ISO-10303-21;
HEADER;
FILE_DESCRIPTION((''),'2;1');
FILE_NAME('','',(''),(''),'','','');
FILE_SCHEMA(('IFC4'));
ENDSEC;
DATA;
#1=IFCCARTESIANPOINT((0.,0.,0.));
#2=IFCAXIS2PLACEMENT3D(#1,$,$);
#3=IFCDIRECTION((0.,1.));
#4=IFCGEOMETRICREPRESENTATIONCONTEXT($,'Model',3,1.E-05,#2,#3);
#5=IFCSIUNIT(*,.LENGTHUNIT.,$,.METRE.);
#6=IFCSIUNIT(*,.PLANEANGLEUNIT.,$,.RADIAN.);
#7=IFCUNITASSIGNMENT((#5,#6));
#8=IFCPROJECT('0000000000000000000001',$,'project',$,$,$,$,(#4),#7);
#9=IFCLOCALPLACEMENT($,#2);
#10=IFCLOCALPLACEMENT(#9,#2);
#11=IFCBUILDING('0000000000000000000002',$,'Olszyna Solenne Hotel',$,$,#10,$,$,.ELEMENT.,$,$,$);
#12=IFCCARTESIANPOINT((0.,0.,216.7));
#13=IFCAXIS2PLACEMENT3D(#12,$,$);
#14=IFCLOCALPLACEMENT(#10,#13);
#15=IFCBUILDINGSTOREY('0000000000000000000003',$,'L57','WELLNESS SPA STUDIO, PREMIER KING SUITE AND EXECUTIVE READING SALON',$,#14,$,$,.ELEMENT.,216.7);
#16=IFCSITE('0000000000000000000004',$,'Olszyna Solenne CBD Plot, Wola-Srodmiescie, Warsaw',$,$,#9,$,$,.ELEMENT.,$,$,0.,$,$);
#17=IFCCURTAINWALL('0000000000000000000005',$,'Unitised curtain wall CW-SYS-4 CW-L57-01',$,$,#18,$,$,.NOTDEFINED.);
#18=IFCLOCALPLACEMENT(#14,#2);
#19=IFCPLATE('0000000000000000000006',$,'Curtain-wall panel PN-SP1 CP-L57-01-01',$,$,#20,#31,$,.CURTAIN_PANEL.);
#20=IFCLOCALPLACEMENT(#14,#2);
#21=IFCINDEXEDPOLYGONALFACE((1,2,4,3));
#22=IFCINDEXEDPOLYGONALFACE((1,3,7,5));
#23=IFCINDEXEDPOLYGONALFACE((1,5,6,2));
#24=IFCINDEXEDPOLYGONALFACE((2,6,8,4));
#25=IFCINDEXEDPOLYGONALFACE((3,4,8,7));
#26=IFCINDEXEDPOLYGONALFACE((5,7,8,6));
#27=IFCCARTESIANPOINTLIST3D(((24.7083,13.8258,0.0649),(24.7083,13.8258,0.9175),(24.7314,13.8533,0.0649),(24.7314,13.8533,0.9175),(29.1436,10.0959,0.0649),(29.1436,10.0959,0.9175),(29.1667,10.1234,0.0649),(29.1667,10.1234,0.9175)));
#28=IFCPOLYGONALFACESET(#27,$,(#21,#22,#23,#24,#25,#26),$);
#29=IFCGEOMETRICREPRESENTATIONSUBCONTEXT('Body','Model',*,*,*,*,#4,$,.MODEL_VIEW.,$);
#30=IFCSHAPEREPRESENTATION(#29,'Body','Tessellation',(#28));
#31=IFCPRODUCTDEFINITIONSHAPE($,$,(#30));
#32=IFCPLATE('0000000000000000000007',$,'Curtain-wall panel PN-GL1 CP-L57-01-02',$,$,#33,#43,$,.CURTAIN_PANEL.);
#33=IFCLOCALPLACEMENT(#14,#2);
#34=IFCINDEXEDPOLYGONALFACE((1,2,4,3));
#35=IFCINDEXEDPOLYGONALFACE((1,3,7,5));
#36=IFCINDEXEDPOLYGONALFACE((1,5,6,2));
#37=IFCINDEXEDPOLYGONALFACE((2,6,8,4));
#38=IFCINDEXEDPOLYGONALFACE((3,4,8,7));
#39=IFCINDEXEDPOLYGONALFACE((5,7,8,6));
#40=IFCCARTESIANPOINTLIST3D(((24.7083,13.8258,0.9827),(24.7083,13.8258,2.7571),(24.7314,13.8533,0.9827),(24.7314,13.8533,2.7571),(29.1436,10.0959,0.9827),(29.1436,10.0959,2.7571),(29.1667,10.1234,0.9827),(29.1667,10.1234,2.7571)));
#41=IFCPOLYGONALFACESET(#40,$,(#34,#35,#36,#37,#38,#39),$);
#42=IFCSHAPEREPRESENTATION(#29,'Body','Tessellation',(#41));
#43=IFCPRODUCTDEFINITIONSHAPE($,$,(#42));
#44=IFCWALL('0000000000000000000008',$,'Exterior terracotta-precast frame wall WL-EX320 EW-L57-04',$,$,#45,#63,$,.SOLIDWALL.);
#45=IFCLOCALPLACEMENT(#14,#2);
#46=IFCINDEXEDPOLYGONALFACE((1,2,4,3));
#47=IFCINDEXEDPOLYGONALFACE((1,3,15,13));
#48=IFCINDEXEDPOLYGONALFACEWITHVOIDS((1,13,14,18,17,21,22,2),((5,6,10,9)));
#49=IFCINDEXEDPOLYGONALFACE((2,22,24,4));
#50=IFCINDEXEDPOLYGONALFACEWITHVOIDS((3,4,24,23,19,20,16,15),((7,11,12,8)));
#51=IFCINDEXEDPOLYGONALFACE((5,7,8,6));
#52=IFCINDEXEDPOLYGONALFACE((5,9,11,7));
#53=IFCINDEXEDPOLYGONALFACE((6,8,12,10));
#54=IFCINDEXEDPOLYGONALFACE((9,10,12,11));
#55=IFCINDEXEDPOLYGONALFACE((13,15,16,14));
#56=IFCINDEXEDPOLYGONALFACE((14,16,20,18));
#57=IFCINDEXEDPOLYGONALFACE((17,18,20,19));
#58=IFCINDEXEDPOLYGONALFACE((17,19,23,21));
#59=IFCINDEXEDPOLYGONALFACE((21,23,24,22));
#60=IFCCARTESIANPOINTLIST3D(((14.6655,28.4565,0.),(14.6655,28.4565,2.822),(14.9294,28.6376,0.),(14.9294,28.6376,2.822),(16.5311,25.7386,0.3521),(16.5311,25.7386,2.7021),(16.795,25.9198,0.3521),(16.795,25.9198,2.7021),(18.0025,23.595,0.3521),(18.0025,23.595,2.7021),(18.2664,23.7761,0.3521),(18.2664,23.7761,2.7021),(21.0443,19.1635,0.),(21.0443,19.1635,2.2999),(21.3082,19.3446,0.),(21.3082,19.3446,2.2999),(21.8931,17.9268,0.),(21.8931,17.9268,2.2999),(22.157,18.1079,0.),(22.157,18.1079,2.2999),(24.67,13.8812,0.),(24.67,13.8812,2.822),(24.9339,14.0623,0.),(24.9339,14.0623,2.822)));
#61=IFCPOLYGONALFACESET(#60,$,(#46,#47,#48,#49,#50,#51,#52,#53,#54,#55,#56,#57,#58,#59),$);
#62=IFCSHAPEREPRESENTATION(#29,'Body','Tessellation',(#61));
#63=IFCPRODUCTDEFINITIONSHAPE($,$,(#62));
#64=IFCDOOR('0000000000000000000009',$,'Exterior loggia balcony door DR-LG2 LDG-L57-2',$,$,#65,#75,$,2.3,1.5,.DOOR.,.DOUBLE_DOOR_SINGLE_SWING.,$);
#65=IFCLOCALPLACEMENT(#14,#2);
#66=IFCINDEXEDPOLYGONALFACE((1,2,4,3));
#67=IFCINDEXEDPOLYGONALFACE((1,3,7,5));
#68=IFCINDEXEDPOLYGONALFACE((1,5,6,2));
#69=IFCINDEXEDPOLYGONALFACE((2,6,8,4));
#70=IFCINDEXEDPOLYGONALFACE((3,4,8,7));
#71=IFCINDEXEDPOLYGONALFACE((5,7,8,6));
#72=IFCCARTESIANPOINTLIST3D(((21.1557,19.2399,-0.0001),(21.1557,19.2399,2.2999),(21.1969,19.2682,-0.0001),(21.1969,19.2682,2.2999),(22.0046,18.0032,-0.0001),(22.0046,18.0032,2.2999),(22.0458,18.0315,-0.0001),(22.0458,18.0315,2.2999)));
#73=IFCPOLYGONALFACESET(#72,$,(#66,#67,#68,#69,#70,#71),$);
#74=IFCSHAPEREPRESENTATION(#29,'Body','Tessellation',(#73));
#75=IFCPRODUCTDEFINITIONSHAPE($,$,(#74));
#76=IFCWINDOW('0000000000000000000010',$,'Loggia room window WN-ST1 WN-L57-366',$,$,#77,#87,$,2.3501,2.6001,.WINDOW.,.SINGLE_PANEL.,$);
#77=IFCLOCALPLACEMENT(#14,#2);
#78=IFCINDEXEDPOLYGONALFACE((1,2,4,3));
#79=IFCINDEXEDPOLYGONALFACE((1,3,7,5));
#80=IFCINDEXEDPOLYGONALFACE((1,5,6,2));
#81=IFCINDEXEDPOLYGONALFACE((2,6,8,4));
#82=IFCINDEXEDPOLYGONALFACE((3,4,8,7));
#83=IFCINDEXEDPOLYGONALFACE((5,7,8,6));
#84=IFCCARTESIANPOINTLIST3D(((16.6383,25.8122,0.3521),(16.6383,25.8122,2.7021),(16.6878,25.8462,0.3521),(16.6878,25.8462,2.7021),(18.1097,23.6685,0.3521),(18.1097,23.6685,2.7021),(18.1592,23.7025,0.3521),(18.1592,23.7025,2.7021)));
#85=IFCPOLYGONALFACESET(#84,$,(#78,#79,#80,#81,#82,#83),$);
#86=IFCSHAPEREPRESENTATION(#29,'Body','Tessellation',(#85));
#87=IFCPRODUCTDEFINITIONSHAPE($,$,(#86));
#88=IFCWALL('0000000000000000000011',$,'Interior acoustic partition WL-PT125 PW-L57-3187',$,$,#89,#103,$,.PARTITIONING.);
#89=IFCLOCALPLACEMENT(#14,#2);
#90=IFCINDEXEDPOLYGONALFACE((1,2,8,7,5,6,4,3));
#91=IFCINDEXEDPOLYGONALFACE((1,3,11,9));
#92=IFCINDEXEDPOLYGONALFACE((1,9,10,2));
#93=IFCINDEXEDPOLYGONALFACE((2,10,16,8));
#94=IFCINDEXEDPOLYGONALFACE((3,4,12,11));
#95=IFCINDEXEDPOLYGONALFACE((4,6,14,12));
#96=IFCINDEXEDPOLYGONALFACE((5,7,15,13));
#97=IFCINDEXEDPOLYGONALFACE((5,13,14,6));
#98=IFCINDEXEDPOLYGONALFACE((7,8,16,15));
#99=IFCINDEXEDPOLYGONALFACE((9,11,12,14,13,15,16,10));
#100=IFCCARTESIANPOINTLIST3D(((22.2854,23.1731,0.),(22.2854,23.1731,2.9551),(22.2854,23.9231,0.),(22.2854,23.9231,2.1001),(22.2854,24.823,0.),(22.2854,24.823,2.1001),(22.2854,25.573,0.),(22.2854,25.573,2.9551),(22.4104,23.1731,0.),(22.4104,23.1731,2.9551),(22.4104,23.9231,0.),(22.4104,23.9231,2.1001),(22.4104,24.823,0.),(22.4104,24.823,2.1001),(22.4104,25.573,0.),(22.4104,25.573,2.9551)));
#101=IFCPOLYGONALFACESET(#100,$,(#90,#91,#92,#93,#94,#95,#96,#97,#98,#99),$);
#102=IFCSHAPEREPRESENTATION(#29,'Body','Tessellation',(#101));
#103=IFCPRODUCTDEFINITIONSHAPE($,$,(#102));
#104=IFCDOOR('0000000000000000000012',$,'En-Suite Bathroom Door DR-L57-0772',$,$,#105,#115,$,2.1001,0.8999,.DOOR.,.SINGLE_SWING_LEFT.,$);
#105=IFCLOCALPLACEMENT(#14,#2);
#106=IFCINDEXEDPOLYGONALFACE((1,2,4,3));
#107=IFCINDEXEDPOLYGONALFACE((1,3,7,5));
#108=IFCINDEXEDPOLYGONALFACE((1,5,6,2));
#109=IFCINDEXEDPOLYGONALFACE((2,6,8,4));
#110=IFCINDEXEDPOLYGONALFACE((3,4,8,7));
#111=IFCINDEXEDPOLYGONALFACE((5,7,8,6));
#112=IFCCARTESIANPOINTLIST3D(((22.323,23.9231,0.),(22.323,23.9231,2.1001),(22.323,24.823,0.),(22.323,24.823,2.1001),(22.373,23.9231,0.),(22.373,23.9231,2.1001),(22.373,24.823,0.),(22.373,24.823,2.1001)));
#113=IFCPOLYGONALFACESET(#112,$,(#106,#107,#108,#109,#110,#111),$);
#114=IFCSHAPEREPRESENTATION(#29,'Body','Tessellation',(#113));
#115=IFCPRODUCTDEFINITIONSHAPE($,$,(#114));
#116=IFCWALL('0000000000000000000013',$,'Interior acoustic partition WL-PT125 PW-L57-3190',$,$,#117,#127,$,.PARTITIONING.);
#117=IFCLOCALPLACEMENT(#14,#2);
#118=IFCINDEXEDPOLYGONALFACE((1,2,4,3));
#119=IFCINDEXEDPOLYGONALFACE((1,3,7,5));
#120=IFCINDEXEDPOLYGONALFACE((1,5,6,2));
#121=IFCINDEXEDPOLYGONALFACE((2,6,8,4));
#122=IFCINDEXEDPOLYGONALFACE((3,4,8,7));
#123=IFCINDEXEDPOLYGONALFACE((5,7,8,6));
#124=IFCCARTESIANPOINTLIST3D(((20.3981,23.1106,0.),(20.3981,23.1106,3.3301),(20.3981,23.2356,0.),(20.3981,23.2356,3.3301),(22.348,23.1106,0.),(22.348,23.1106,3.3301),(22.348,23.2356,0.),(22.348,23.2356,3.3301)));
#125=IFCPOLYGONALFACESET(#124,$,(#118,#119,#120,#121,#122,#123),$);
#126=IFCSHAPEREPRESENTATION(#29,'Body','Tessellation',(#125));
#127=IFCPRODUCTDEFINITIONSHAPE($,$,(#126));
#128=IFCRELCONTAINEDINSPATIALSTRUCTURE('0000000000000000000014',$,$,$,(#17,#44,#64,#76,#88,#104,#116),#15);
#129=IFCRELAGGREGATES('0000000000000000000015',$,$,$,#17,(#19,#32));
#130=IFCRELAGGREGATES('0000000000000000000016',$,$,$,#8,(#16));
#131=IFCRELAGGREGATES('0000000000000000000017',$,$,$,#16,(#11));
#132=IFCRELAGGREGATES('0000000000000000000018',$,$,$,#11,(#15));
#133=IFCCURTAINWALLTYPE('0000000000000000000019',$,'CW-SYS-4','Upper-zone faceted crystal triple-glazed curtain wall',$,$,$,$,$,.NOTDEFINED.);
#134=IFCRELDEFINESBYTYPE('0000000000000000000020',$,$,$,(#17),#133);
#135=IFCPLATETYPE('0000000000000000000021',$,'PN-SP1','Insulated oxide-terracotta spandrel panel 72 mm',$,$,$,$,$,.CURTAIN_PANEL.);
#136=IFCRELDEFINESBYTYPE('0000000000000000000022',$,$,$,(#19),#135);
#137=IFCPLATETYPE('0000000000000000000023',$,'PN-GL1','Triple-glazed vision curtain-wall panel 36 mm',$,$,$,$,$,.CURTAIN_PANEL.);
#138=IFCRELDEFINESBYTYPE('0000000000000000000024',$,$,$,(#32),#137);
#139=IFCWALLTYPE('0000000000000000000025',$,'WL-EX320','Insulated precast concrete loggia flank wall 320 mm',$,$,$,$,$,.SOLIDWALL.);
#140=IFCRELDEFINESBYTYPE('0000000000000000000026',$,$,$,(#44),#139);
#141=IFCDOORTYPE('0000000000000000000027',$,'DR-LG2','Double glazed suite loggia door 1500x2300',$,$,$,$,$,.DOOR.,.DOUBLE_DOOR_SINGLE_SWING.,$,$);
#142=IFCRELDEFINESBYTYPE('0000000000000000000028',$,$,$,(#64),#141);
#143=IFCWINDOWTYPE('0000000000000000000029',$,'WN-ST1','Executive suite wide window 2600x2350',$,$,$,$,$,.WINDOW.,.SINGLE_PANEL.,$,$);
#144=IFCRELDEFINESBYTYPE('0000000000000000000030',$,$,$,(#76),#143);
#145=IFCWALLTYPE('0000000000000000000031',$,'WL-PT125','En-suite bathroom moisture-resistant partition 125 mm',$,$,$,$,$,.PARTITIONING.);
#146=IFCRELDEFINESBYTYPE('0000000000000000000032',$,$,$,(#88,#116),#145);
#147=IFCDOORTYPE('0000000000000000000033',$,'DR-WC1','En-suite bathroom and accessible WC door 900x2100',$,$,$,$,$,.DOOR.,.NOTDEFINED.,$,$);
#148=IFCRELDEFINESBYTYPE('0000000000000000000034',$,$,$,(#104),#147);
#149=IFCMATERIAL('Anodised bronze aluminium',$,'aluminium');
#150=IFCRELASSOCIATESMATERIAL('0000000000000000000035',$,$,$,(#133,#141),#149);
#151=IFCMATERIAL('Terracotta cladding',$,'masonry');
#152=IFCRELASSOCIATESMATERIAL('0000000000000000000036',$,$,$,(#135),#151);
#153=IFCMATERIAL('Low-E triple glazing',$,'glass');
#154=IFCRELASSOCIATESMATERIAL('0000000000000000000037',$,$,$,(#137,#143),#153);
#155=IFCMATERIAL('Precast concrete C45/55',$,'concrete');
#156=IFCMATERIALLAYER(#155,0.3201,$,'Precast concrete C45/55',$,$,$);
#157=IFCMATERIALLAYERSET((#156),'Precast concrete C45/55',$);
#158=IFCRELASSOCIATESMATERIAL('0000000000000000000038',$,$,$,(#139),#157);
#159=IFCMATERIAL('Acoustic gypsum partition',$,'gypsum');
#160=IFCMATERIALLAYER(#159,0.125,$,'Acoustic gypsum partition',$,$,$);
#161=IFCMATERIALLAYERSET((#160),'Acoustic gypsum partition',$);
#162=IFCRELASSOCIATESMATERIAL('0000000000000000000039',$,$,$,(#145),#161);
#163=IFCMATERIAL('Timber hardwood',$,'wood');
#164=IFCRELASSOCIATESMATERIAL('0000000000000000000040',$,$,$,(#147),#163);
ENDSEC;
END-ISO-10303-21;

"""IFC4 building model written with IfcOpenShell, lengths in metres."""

from ifc_helpers import new_model, si_unit, direction, frame, frame_2d, origin, origin_2d, place, context, subcontext, project, spatial, rectangle, extrude, source, transform, mapped, material, layer, layer_set, type_object, type_shapes, element, fill, aggregate, save


model = new_model("IFC4")

# Units and contexts
model_context = context("Model", 3, precision=1e-05, world=origin(), true_north=direction((0.0, 1.0)))
body_context = subcontext(model_context, "Body", "Model", "MODEL_VIEW")
ifc_project = project(units=[si_unit("LENGTHUNIT", "METRE"), si_unit("PLANEANGLEUNIT", "RADIAN")], contexts=[model_context])

# Site, building, storey
site_placement = place(None, origin())
site = spatial("IfcSite", under=ifc_project, at=site_placement, Name="Olszyna Solenne CBD Plot, Wola-Srodmiescie, Warsaw", CompositionType="ELEMENT", RefElevation=0.0)
building_placement = place(site_placement, origin())
building = spatial("IfcBuilding", under=site, at=building_placement, Name="Olszyna Solenne Hotel", CompositionType="ELEMENT")
storey_placement = place(building_placement, frame((0.0, 0.0, 216.7)))
storey = spatial("IfcBuildingStorey", under=building, at=storey_placement, Name="L57", Description="WELLNESS SPA STUDIO, PREMIER KING SUITE AND EXECUTIVE READING SALON", CompositionType="ELEMENT", Elevation=216.7)

# Curtain wall
ifc_material_1 = material(Name="Anodised bronze aluminium", Category="aluminium")
curtain_wall_type = type_object("IfcCurtainWallType", Name="CW-SYS-4", Description="Upper-zone faceted crystal triple-glazed curtain wall", PredefinedType="NOTDEFINED", material=ifc_material_1)
curtain_wall_placement = place(storey_placement, origin())
curtain_wall = element("IfcCurtainWall", 1, at=curtain_wall_placement, inside=storey, type_object=curtain_wall_type, Name="Unitised curtain wall CW-SYS-4 CW-L57-01", PredefinedType="NOTDEFINED")

# Shared definitions
ifc_material_2 = material(Name="Precast concrete C45/55", Category="concrete")

# Plates
ifc_material_3 = material(Name="Terracotta cladding", Category="masonry")
plate_type_1 = type_object("IfcPlateType", Name="PN-SP1", Description="Insulated oxide-terracotta spandrel panel 72 mm", PredefinedType="CURTAIN_PANEL", material=ifc_material_3)
shared_shape_1 = source(origin(), body_context, "Body", "SweptSolid", [
    extrude(rectangle(XDim=5.7952, YDim=0.0359, at=origin_2d()), origin(), (0.0, 0.0, 1.0), 0.8525),
])
plate_1_placement = place(storey_placement, frame((26.9375, 11.9746, 0.0649), z_axis=(0.0, 0.0, 1.0), x_axis=(0.765343, -0.643622, 0.0)))
plate_1 = element("IfcPlate", 2, at=plate_1_placement, type_object=plate_type_1, Name="Curtain-wall panel PN-SP1 CP-L57-01-01", PredefinedType="CURTAIN_PANEL", context=body_context, shape_type="MappedRepresentation", body=[
    mapped(shared_shape_1, transform((0.0, 0.0, 0.0), x_axis=(1.0, 0.0, 0.0), y_axis=(0.0, 1.0, 0.0), z_axis=(0.0, 0.0, 1.0), scale=1.0)),
])
ifc_material_4 = material(Name="Low-E triple glazing", Category="glass")
plate_type_2 = type_object("IfcPlateType", Name="PN-GL1", Description="Triple-glazed vision curtain-wall panel 36 mm", PredefinedType="CURTAIN_PANEL", material=ifc_material_4)
shared_shape_2 = source(origin(), body_context, "Body", "SweptSolid", [
    extrude(rectangle(XDim=5.7952, YDim=0.0359, at=origin_2d()), origin(), (0.0, 0.0, 1.0), 1.7744),
])
plate_2_placement = place(storey_placement, frame((26.9375, 11.9746, 0.9827), z_axis=(0.0, 0.0, 1.0), x_axis=(0.765343, -0.643622, 0.0)))
plate_2 = element("IfcPlate", 3, at=plate_2_placement, type_object=plate_type_2, Name="Curtain-wall panel PN-GL1 CP-L57-01-02", PredefinedType="CURTAIN_PANEL", context=body_context, shape_type="MappedRepresentation", body=[
    mapped(shared_shape_2, transform((0.0, 0.0, 0.0), x_axis=(1.0, 0.0, 0.0), y_axis=(0.0, 1.0, 0.0), z_axis=(0.0, 0.0, 1.0), scale=1.0)),
])
aggregate(curtain_wall, [plate_1, plate_2])

# Wall, openings, door, window
ifc_layer_1 = layer(ifc_material_2, 0.3201, Name="Precast concrete C45/55")
ifc_layer_set_1 = layer_set([ifc_layer_1], Name="Precast concrete C45/55")
wall_type_1 = type_object("IfcWallType", Name="WL-EX320", Description="Insulated precast concrete loggia flank wall 320 mm", PredefinedType="SOLIDWALL", material=ifc_layer_set_1)
wall_1_placement = place(storey_placement, frame((24.802, 13.9717, 0.0), z_axis=(0.0, 0.0, 1.0), x_axis=(-0.565912, 0.824466, 0.0)))
wall_1 = element("IfcWall", 4, at=wall_1_placement, inside=storey, type_object=wall_type_1, Name="Exterior terracotta-precast frame wall WL-EX320 EW-L57-04", PredefinedType="SOLIDWALL", context=body_context, shape_type="SweptSolid", body=[
    extrude(rectangle(XDim=17.6785, YDim=0.3201, at=frame_2d((8.8394, 0.0))), origin(), (0.0, 0.0, 1.0), 2.822),
])
opening_1_placement = place(wall_1_placement, frame((4.907, 0.0, 0.0)))
opening_1 = element("IfcOpeningElement", 5, at=opening_1_placement, cuts=wall_1, PredefinedType="OPENING", context=body_context, shape_type="SweptSolid", body=[
    extrude(rectangle(XDim=1.5, YDim=2.3, at=frame_2d((0.75, 1.1499))), frame((0.0, 0.1699, 0.0), z_axis=(0.0, -1.0, 0.0), x_axis=(1.0, 0.0, 0.0)), (0.0, 0.0, 1.0), 0.3401),
])
opening_2_placement = place(wall_1_placement, frame((11.782, 0.0, 0.3521)))
opening_2 = element("IfcOpeningElement", 6, at=opening_2_placement, cuts=wall_1, PredefinedType="OPENING", context=body_context, shape_type="SweptSolid", body=[
    extrude(rectangle(XDim=2.6001, YDim=2.3501, at=frame_2d((1.3, 1.175))), frame((0.0, 0.1699, 0.0), z_axis=(0.0, -1.0, 0.0), x_axis=(1.0, 0.0, 0.0)), (0.0, 0.0, 1.0), 0.3401),
])
door_type_1 = type_object("IfcDoorType", Name="DR-LG2", Description="Double glazed suite loggia door 1500x2300", OperationType="DOUBLE_DOOR_SINGLE_SWING", PredefinedType="DOOR", material=ifc_material_1)
shared_shape_3 = source(origin(), body_context, "Body", "SweptSolid", [
    extrude(rectangle(XDim=1.5, YDim=2.3, at=frame_2d((0.75, 1.1499))), frame((0.0, 0.0249, 0.0), z_axis=(0.0, -1.0, 0.0), x_axis=(1.0, 0.0, 0.0)), (0.0, 0.0, 1.0), 0.05),
])
type_shapes(door_type_1, [shared_shape_3])
door_1_placement = place(opening_1_placement, origin())
door_1 = element("IfcDoor", 7, at=door_1_placement, inside=storey, type_object=door_type_1, Name="Exterior loggia balcony door DR-LG2 LDG-L57-2", OperationType="DOUBLE_DOOR_SINGLE_SWING", OverallHeight=2.3, OverallWidth=1.5, PredefinedType="DOOR", context=body_context, shape_type="MappedRepresentation", body=[
    mapped(shared_shape_3, transform((0.0, 0.0, 0.0), x_axis=(1.0, 0.0, 0.0), y_axis=(0.0, 1.0, 0.0), z_axis=(0.0, 0.0, 1.0), scale=1.0)),
])
fill(opening_1, door_1)
window_type = type_object("IfcWindowType", Name="WN-ST1", Description="Executive suite wide window 2600x2350", PartitioningType="SINGLE_PANEL", PredefinedType="WINDOW", material=ifc_material_4)
shared_shape_4 = source(origin(), body_context, "Body", "SweptSolid", [
    extrude(rectangle(XDim=2.6001, YDim=2.3501, at=frame_2d((1.3, 1.175))), frame((0.0, 0.03, 0.0), z_axis=(0.0, -1.0, 0.0), x_axis=(1.0, 0.0, 0.0)), (0.0, 0.0, 1.0), 0.0601),
])
type_shapes(window_type, [shared_shape_4])
window_placement = place(opening_2_placement, origin())
window = element("IfcWindow", 8, at=window_placement, inside=storey, type_object=window_type, Name="Loggia room window WN-ST1 WN-L57-366", OverallHeight=2.3501, OverallWidth=2.6001, PartitioningType="SINGLE_PANEL", PredefinedType="WINDOW", context=body_context, shape_type="MappedRepresentation", body=[
    mapped(shared_shape_4, transform((0.0, 0.0, 0.0), x_axis=(1.0, 0.0, 0.0), y_axis=(0.0, 1.0, 0.0), z_axis=(0.0, 0.0, 1.0), scale=1.0)),
])
fill(opening_2, window)

# Wall, opening, door
ifc_material_5 = material(Name="Acoustic gypsum partition", Category="gypsum")
ifc_layer_2 = layer(ifc_material_5, 0.125, Name="Acoustic gypsum partition")
ifc_layer_set_2 = layer_set([ifc_layer_2], Name="Acoustic gypsum partition")
wall_type_2 = type_object("IfcWallType", Name="WL-PT125", Description="En-suite bathroom moisture-resistant partition 125 mm", PredefinedType="PARTITIONING", material=ifc_layer_set_2)
wall_2_placement = place(storey_placement, frame((22.3479, 23.1731, 0.0), z_axis=(0.0, 0.0, 1.0), x_axis=(0.0, 1.0, 0.0)))
wall_2 = element("IfcWall", 9, at=wall_2_placement, inside=storey, type_object=wall_type_2, Name="Interior acoustic partition WL-PT125 PW-L57-3187", PredefinedType="PARTITIONING", context=body_context, shape_type="SweptSolid", body=[
    extrude(rectangle(XDim=2.3999, YDim=0.125, at=frame_2d((1.2, 0.0))), origin(), (0.0, 0.0, 1.0), 2.9551),
])
opening_3_placement = place(wall_2_placement, frame((0.75, 0.0, 0.0)))
opening_3 = element("IfcOpeningElement", 10, at=opening_3_placement, cuts=wall_2, PredefinedType="OPENING", context=body_context, shape_type="SweptSolid", body=[
    extrude(rectangle(XDim=0.8999, YDim=2.1001, at=frame_2d((0.45, 1.05))), frame((0.0, 0.0725, 0.0), z_axis=(0.0, -1.0, 0.0), x_axis=(1.0, 0.0, 0.0)), (0.0, 0.0, 1.0), 0.145),
])
ifc_material_6 = material(Name="Timber hardwood", Category="wood")
door_type_2 = type_object("IfcDoorType", Name="DR-WC1", Description="En-suite bathroom and accessible WC door 900x2100", OperationType="NOTDEFINED", PredefinedType="DOOR", material=ifc_material_6)
shared_shape_5 = source(origin(), body_context, "Body", "SweptSolid", [
    extrude(rectangle(XDim=0.8999, YDim=2.1001, at=frame_2d((0.45, 1.05))), frame((0.0, 0.0249, 0.0), z_axis=(0.0, -1.0, 0.0), x_axis=(1.0, 0.0, 0.0)), (0.0, 0.0, 1.0), 0.05),
])
type_shapes(door_type_2, [shared_shape_5])
door_2_placement = place(opening_3_placement, origin())
door_2 = element("IfcDoor", 11, at=door_2_placement, inside=storey, type_object=door_type_2, Name="En-Suite Bathroom Door DR-L57-0772", OperationType="SINGLE_SWING_LEFT", OverallHeight=2.1001, OverallWidth=0.8999, PredefinedType="DOOR", context=body_context, shape_type="MappedRepresentation", body=[
    mapped(shared_shape_5, transform((0.0, 0.0, 0.0), x_axis=(1.0, 0.0, 0.0), y_axis=(0.0, 1.0, 0.0), z_axis=(0.0, 0.0, 1.0), scale=1.0)),
])
fill(opening_3, door_2)

# Wall
wall_3_placement = place(storey_placement, frame((20.3979, 23.1731, 0.0), z_axis=(0.0, 0.0, 1.0), x_axis=(1.0, 0.0, 0.0)))
element("IfcWall", 12, at=wall_3_placement, inside=storey, type_object=wall_type_2, Name="Interior acoustic partition WL-PT125 PW-L57-3190", PredefinedType="PARTITIONING", context=body_context, shape_type="SweptSolid", body=[
    extrude(rectangle(XDim=1.95, YDim=0.125, at=frame_2d((0.9751, 0.0))), origin(), (0.0, 0.0, 1.0), 3.3301),
])

save(model, "model.ifc")
